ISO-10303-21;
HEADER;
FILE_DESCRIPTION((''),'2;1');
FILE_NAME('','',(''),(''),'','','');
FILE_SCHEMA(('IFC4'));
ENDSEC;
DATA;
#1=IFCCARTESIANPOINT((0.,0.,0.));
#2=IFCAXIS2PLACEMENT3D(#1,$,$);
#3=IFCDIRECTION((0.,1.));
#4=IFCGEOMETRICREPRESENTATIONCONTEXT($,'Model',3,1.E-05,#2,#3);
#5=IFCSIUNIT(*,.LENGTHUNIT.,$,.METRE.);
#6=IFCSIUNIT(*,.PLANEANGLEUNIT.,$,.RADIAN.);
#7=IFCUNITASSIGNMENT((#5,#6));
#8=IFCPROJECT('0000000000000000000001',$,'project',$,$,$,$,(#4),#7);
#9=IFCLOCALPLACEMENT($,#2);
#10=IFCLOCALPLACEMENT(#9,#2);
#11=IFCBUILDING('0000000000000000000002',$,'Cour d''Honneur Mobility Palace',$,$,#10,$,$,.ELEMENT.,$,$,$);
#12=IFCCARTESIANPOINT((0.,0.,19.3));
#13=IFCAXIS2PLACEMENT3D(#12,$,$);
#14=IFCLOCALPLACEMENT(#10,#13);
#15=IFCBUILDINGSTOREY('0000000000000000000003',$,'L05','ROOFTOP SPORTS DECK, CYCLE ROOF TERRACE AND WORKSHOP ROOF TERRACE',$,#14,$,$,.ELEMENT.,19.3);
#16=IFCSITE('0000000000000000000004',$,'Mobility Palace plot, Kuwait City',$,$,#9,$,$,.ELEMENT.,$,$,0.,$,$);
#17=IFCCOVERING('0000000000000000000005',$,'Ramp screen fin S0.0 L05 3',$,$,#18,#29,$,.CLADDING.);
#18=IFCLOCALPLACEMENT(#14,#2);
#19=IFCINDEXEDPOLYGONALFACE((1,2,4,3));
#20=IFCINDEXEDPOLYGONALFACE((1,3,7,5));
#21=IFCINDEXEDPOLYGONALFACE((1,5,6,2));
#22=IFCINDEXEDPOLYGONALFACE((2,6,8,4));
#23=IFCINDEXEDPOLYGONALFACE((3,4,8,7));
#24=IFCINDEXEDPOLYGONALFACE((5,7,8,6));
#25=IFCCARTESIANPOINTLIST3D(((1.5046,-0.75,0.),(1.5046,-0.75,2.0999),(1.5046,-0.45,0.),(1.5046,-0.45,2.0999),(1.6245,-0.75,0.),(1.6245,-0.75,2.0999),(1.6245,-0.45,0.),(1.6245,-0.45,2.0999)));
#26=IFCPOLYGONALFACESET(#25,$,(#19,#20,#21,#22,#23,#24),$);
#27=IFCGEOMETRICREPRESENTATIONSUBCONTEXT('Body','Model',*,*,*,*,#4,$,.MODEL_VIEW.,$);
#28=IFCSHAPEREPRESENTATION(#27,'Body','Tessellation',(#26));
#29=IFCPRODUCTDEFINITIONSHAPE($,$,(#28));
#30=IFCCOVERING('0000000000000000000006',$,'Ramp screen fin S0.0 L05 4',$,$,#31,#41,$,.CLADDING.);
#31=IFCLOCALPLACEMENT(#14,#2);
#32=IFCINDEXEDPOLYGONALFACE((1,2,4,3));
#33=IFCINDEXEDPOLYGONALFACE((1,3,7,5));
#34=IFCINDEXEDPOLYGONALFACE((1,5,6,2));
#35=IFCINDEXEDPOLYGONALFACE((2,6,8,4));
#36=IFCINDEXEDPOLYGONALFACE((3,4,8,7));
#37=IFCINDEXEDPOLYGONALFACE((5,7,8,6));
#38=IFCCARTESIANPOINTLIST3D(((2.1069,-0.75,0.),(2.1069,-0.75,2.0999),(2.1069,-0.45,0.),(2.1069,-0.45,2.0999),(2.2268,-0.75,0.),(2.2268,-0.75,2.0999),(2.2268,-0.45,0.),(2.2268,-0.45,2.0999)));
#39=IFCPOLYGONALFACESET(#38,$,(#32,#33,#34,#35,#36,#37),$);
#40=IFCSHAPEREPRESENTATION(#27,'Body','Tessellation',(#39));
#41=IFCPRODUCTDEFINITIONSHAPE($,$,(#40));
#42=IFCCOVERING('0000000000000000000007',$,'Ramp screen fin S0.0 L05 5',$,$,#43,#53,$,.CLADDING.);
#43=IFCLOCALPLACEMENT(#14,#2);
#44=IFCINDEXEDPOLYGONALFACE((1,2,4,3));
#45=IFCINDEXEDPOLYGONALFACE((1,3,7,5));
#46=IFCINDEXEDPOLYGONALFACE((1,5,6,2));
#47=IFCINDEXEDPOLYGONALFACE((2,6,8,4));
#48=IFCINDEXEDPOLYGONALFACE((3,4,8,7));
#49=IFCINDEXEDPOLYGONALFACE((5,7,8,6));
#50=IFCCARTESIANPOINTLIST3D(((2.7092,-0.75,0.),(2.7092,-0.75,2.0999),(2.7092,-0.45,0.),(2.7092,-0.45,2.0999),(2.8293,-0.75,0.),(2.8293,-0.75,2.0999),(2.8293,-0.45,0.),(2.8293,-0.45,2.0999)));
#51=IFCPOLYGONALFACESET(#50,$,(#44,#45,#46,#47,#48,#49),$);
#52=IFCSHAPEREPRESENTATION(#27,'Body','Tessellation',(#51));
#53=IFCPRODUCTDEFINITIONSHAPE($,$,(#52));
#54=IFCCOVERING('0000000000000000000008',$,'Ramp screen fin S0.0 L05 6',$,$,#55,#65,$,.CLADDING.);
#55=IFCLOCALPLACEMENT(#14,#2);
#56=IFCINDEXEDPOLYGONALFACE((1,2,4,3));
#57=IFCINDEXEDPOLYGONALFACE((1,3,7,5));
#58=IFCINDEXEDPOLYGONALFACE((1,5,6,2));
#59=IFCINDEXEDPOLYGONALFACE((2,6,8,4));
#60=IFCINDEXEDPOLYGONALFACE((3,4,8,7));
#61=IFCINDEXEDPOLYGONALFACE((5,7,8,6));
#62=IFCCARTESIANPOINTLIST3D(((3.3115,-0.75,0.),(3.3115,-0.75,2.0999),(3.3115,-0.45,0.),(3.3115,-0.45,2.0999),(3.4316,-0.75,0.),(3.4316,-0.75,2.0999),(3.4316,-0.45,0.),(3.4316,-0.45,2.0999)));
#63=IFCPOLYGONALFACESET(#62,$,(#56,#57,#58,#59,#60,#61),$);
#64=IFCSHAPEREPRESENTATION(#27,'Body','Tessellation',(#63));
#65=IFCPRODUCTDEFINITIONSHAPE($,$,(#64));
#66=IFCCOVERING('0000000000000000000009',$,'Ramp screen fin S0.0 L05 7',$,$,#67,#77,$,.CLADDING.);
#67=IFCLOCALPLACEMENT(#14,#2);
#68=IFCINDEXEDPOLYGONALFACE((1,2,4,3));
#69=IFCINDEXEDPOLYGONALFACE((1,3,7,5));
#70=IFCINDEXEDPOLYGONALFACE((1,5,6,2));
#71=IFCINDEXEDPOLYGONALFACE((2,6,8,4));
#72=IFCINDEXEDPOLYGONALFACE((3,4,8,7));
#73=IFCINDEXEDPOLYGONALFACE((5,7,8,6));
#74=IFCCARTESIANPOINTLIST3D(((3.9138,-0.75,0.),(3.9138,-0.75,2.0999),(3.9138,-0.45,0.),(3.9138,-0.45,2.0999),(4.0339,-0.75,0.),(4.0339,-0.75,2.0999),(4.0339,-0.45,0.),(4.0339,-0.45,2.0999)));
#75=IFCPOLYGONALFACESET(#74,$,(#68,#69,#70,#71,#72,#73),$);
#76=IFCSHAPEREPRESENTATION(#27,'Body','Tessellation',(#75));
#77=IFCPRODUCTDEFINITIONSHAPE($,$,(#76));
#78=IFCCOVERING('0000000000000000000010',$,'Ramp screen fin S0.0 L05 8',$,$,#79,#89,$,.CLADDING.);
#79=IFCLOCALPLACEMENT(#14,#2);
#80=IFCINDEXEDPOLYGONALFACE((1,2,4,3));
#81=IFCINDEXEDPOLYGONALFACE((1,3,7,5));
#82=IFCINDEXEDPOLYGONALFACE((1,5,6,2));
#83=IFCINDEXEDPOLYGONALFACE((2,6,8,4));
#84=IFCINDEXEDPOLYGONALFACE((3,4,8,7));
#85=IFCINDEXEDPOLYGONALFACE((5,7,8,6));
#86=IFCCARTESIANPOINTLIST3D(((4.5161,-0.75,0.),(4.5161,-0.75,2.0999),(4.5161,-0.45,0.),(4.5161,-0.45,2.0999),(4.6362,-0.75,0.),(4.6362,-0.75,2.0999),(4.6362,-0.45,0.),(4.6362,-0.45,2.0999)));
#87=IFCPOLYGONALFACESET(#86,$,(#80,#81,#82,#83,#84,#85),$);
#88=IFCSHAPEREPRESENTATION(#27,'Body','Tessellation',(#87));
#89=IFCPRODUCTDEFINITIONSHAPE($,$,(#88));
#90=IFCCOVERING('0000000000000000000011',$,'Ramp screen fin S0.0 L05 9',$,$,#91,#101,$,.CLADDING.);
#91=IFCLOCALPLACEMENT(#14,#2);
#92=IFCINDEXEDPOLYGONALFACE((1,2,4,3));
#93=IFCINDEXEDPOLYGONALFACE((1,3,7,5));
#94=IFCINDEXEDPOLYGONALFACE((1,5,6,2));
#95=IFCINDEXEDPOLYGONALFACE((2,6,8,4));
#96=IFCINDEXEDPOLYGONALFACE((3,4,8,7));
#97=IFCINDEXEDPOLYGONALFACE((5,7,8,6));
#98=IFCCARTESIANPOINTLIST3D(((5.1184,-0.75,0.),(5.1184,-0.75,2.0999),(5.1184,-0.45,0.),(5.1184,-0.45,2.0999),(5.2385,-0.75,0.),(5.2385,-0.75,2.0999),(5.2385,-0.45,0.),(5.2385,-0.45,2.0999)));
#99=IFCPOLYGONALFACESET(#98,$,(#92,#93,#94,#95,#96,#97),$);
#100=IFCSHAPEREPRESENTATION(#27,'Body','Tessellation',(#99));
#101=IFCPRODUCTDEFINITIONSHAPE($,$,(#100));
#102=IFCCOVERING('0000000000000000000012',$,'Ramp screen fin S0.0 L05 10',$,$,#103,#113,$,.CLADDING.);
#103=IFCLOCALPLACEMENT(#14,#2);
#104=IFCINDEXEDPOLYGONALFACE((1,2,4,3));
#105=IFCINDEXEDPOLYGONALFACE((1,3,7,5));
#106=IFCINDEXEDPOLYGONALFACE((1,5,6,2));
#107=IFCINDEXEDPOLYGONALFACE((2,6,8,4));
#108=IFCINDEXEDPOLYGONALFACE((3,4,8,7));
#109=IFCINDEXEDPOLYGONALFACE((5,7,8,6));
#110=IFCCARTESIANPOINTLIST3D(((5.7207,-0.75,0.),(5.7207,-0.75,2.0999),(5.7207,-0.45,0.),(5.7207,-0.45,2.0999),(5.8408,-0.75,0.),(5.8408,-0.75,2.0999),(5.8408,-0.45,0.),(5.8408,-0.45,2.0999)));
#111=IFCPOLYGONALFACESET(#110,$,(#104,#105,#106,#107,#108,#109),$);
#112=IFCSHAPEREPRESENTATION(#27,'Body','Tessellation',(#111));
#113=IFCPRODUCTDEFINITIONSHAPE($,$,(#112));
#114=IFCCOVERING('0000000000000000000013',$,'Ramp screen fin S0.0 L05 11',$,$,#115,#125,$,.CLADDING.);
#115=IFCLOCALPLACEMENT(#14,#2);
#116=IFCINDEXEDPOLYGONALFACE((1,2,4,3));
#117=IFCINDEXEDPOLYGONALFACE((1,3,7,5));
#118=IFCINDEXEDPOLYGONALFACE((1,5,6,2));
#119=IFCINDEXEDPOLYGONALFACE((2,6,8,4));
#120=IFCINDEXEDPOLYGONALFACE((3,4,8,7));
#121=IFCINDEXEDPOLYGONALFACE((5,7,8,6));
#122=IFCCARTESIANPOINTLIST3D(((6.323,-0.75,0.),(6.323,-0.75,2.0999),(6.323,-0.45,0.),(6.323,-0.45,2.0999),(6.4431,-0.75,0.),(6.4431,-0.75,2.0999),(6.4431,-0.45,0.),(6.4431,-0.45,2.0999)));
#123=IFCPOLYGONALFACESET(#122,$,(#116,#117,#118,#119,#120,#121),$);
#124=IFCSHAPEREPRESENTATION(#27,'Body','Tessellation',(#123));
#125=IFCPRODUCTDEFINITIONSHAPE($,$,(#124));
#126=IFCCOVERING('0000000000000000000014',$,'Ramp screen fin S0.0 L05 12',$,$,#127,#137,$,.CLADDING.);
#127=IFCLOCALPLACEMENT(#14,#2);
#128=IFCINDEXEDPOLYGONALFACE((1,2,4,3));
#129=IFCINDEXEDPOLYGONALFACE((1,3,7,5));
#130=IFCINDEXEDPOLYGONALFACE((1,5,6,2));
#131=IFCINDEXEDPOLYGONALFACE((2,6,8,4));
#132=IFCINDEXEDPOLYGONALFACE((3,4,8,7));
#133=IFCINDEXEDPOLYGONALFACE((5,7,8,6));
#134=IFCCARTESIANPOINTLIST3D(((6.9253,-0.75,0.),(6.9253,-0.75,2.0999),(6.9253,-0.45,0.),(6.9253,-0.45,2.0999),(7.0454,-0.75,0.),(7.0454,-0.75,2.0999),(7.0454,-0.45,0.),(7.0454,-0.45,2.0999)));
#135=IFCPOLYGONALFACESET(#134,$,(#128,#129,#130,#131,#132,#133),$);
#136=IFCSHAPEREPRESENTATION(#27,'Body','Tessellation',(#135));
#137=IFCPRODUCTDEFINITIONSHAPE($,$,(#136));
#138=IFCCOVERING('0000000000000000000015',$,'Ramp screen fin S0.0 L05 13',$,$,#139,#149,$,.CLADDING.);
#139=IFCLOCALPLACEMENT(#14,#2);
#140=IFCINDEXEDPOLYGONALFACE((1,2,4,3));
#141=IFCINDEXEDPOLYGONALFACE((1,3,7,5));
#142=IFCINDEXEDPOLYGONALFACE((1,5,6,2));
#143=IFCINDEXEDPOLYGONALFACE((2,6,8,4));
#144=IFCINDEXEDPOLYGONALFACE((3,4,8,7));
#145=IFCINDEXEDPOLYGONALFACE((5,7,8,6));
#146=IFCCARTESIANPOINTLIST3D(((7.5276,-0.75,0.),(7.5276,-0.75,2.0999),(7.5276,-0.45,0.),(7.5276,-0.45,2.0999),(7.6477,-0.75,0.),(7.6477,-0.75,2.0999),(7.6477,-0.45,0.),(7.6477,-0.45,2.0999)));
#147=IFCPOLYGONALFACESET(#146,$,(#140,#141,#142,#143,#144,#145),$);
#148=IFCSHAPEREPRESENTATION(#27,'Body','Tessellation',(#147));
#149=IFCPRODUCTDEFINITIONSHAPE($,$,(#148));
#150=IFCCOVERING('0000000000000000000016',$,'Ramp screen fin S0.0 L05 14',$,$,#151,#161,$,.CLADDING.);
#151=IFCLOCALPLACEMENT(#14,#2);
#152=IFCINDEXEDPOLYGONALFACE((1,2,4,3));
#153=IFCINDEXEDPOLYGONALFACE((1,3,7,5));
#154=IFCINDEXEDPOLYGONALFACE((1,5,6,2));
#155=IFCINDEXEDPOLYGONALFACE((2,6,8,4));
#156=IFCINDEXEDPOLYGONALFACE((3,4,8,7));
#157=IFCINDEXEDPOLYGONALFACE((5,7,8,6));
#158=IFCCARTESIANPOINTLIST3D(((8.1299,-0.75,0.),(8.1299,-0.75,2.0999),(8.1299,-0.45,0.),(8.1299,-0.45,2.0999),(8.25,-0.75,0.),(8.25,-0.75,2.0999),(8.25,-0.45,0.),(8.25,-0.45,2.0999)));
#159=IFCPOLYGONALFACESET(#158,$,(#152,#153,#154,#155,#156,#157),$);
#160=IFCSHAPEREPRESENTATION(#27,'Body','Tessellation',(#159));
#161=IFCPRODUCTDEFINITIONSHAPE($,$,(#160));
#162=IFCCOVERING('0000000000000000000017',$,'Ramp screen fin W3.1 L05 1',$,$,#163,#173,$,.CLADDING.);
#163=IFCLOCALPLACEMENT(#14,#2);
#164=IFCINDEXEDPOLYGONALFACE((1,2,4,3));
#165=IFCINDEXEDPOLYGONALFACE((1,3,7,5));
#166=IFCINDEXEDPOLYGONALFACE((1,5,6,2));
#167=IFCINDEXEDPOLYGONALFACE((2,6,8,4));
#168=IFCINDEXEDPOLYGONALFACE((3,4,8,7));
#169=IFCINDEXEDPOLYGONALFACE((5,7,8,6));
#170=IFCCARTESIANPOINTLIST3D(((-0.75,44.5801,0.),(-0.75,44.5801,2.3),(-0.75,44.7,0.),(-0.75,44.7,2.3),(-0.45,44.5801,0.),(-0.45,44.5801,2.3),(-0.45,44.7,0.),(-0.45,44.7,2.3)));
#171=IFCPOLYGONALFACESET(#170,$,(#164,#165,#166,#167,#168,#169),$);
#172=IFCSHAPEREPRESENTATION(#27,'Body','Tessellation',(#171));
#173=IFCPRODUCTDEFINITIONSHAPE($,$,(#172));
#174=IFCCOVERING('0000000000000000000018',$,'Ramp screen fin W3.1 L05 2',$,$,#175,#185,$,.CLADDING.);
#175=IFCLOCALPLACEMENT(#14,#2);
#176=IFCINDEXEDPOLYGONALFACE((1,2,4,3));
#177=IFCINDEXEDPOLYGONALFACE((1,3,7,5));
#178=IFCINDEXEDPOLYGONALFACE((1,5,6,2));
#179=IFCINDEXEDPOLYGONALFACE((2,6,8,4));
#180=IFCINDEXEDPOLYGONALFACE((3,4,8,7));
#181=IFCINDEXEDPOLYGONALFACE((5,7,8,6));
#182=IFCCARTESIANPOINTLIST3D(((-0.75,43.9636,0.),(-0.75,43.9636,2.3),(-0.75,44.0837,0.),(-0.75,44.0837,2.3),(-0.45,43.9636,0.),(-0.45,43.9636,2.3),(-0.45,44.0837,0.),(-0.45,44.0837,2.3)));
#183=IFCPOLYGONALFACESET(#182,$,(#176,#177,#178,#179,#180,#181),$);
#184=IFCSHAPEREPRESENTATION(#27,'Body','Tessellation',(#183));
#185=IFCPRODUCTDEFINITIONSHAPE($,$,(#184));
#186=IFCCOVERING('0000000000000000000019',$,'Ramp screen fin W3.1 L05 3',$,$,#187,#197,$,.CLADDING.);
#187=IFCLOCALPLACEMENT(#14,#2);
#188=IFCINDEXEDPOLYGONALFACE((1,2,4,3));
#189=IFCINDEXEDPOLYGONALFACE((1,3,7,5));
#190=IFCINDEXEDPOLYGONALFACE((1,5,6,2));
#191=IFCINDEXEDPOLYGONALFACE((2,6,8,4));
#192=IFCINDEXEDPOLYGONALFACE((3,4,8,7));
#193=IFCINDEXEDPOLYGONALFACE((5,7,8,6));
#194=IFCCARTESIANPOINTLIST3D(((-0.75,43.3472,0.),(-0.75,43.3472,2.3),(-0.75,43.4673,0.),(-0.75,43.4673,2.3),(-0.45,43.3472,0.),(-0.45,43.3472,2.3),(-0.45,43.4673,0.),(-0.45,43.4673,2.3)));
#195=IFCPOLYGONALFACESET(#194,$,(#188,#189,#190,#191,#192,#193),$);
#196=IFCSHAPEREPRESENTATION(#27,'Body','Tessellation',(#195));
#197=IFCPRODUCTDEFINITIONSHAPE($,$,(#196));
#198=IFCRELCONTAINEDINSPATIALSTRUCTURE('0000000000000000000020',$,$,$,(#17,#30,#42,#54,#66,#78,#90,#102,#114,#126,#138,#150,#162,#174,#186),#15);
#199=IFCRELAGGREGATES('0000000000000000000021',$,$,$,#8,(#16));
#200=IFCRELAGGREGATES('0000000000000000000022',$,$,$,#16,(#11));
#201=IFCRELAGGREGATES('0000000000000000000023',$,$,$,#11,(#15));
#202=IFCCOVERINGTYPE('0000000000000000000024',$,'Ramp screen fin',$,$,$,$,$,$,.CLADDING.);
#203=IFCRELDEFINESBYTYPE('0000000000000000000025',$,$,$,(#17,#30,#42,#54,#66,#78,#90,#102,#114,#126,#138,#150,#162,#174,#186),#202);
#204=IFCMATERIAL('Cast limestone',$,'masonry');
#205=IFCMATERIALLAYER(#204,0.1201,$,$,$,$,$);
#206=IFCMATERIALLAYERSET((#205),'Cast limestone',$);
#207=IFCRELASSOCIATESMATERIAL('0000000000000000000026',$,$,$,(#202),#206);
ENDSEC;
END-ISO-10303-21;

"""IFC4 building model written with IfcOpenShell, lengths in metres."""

from ifc_helpers import new_model, si_unit, direction, frame, origin, place, context, subcontext, project, spatial, polyline, outline, extrude, material, layer, layer_set, type_object, element, save


model = new_model("IFC4")

# Units and contexts
model_context = context("Model", 3, precision=1e-05, world=origin(), true_north=direction((0.0, 1.0)))
body_context = subcontext(model_context, "Body", "Model", "MODEL_VIEW")
ifc_project = project(units=[si_unit("LENGTHUNIT", "METRE"), si_unit("PLANEANGLEUNIT", "RADIAN")], contexts=[model_context])

# Site, building, storey
site_placement = place(None, origin())
site = spatial("IfcSite", under=ifc_project, at=site_placement, Name="Mobility Palace plot, Kuwait City", CompositionType="ELEMENT", RefElevation=0.0)
building_placement = place(site_placement, origin())
building = spatial("IfcBuilding", under=site, at=building_placement, Name="Cour d'Honneur Mobility Palace", CompositionType="ELEMENT")
storey_placement = place(building_placement, frame((0.0, 0.0, 19.3)))
storey = spatial("IfcBuildingStorey", under=building, at=storey_placement, Name="L05", Description="ROOFTOP SPORTS DECK, CYCLE ROOF TERRACE AND WORKSHOP ROOF TERRACE", CompositionType="ELEMENT", Elevation=19.3)

# Coverings
ifc_material = material(Name="Cast limestone", Category="masonry")
ifc_layer = layer(ifc_material, 0.1201)
ifc_layer_set = layer_set([ifc_layer], Name="Cast limestone")
covering_type = type_object("IfcCoveringType", Name="Ramp screen fin", PredefinedType="CLADDING", material=ifc_layer_set)
covering_1_placement = place(storey_placement, origin())
element("IfcCovering", 1, at=covering_1_placement, inside=storey, type_object=covering_type, Name="Ramp screen fin S0.0 L05 3", PredefinedType="CLADDING", context=body_context, shape_type="SweptSolid", body=[
    extrude(outline(polyline([(1.5046, -0.45), (1.6245, -0.45), (1.6245, -0.75), (1.5046, -0.75), (1.5046, -0.45)])), origin(), (0.0, 0.0, 1.0), 2.0999),
])
covering_2_placement = place(storey_placement, origin())
element("IfcCovering", 2, at=covering_2_placement, inside=storey, type_object=covering_type, Name="Ramp screen fin S0.0 L05 4", PredefinedType="CLADDING", context=body_context, shape_type="SweptSolid", body=[
    extrude(outline(polyline([(2.1069, -0.45), (2.2268, -0.45), (2.2268, -0.75), (2.1069, -0.75), (2.1069, -0.45)])), origin(), (0.0, 0.0, 1.0), 2.0999),
])
covering_3_placement = place(storey_placement, origin())
element("IfcCovering", 3, at=covering_3_placement, inside=storey, type_object=covering_type, Name="Ramp screen fin S0.0 L05 5", PredefinedType="CLADDING", context=body_context, shape_type="SweptSolid", body=[
    extrude(outline(polyline([(2.7092, -0.45), (2.8293, -0.45), (2.8293, -0.75), (2.7092, -0.75), (2.7092, -0.45)])), origin(), (0.0, 0.0, 1.0), 2.0999),
])
covering_4_placement = place(storey_placement, origin())
element("IfcCovering", 4, at=covering_4_placement, inside=storey, type_object=covering_type, Name="Ramp screen fin S0.0 L05 6", PredefinedType="CLADDING", context=body_context, shape_type="SweptSolid", body=[
    extrude(outline(polyline([(3.3115, -0.45), (3.4316, -0.45), (3.4316, -0.75), (3.3115, -0.75), (3.3115, -0.45)])), origin(), (0.0, 0.0, 1.0), 2.0999),
])
covering_5_placement = place(storey_placement, origin())
element("IfcCovering", 5, at=covering_5_placement, inside=storey, type_object=covering_type, Name="Ramp screen fin S0.0 L05 7", PredefinedType="CLADDING", context=body_context, shape_type="SweptSolid", body=[
    extrude(outline(polyline([(3.9138, -0.45), (4.0339, -0.45), (4.0339, -0.75), (3.9138, -0.75), (3.9138, -0.45)])), origin(), (0.0, 0.0, 1.0), 2.0999),
])
covering_6_placement = place(storey_placement, origin())
element("IfcCovering", 6, at=covering_6_placement, inside=storey, type_object=covering_type, Name="Ramp screen fin S0.0 L05 8", PredefinedType="CLADDING", context=body_context, shape_type="SweptSolid", body=[
    extrude(outline(polyline([(4.5161, -0.45), (4.6362, -0.45), (4.6362, -0.75), (4.5161, -0.75), (4.5161, -0.45)])), origin(), (0.0, 0.0, 1.0), 2.0999),
])
covering_7_placement = place(storey_placement, origin())
element("IfcCovering", 7, at=covering_7_placement, inside=storey, type_object=covering_type, Name="Ramp screen fin S0.0 L05 9", PredefinedType="CLADDING", context=body_context, shape_type="SweptSolid", body=[
    extrude(outline(polyline([(5.1184, -0.45), (5.2385, -0.45), (5.2385, -0.75), (5.1184, -0.75), (5.1184, -0.45)])), origin(), (0.0, 0.0, 1.0), 2.0999),
])
covering_8_placement = place(storey_placement, origin())
element("IfcCovering", 8, at=covering_8_placement, inside=storey, type_object=covering_type, Name="Ramp screen fin S0.0 L05 10", PredefinedType="CLADDING", context=body_context, shape_type="SweptSolid", body=[
    extrude(outline(polyline([(5.7207, -0.45), (5.8408, -0.45), (5.8408, -0.75), (5.7207, -0.75), (5.7207, -0.45)])), origin(), (0.0, 0.0, 1.0), 2.0999),
])
covering_9_placement = place(storey_placement, origin())
element("IfcCovering", 9, at=covering_9_placement, inside=storey, type_object=covering_type, Name="Ramp screen fin S0.0 L05 11", PredefinedType="CLADDING", context=body_context, shape_type="SweptSolid", body=[
    extrude(outline(polyline([(6.323, -0.45), (6.4431, -0.45), (6.4431, -0.75), (6.323, -0.75), (6.323, -0.45)])), origin(), (0.0, 0.0, 1.0), 2.0999),
])
covering_10_placement = place(storey_placement, origin())
element("IfcCovering", 10, at=covering_10_placement, inside=storey, type_object=covering_type, Name="Ramp screen fin S0.0 L05 12", PredefinedType="CLADDING", context=body_context, shape_type="SweptSolid", body=[
    extrude(outline(polyline([(6.9253, -0.45), (7.0454, -0.45), (7.0454, -0.75), (6.9253, -0.75), (6.9253, -0.45)])), origin(), (0.0, 0.0, 1.0), 2.0999),
])
covering_11_placement = place(storey_placement, origin())
element("IfcCovering", 11, at=covering_11_placement, inside=storey, type_object=covering_type, Name="Ramp screen fin S0.0 L05 13", PredefinedType="CLADDING", context=body_context, shape_type="SweptSolid", body=[
    extrude(outline(polyline([(7.5276, -0.45), (7.6477, -0.45), (7.6477, -0.75), (7.5276, -0.75), (7.5276, -0.45)])), origin(), (0.0, 0.0, 1.0), 2.0999),
])
covering_12_placement = place(storey_placement, origin())
element("IfcCovering", 12, at=covering_12_placement, inside=storey, type_object=covering_type, Name="Ramp screen fin S0.0 L05 14", PredefinedType="CLADDING", context=body_context, shape_type="SweptSolid", body=[
    extrude(outline(polyline([(8.1299, -0.45), (8.25, -0.45), (8.25, -0.75), (8.1299, -0.75), (8.1299, -0.45)])), origin(), (0.0, 0.0, 1.0), 2.0999),
])
covering_13_placement = place(storey_placement, origin())
element("IfcCovering", 13, at=covering_13_placement, inside=storey, type_object=covering_type, Name="Ramp screen fin W3.1 L05 1", PredefinedType="CLADDING", context=body_context, shape_type="SweptSolid", body=[
    extrude(outline(polyline([(-0.45, 44.7), (-0.45, 44.5801), (-0.75, 44.5801), (-0.75, 44.7), (-0.45, 44.7)])), origin(), (0.0, 0.0, 1.0), 2.3),
])
covering_14_placement = place(storey_placement, origin())
element("IfcCovering", 14, at=covering_14_placement, inside=storey, type_object=covering_type, Name="Ramp screen fin W3.1 L05 2", PredefinedType="CLADDING", context=body_context, shape_type="SweptSolid", body=[
    extrude(outline(polyline([(-0.45, 44.0837), (-0.45, 43.9636), (-0.75, 43.9636), (-0.75, 44.0837), (-0.45, 44.0837)])), origin(), (0.0, 0.0, 1.0), 2.3),
])
covering_15_placement = place(storey_placement, origin())
element("IfcCovering", 15, at=covering_15_placement, inside=storey, type_object=covering_type, Name="Ramp screen fin W3.1 L05 3", PredefinedType="CLADDING", context=body_context, shape_type="SweptSolid", body=[
    extrude(outline(polyline([(-0.45, 43.4673), (-0.45, 43.3472), (-0.75, 43.3472), (-0.75, 43.4673), (-0.45, 43.4673)])), origin(), (0.0, 0.0, 1.0), 2.3),
])

save(model, "model.ifc")
